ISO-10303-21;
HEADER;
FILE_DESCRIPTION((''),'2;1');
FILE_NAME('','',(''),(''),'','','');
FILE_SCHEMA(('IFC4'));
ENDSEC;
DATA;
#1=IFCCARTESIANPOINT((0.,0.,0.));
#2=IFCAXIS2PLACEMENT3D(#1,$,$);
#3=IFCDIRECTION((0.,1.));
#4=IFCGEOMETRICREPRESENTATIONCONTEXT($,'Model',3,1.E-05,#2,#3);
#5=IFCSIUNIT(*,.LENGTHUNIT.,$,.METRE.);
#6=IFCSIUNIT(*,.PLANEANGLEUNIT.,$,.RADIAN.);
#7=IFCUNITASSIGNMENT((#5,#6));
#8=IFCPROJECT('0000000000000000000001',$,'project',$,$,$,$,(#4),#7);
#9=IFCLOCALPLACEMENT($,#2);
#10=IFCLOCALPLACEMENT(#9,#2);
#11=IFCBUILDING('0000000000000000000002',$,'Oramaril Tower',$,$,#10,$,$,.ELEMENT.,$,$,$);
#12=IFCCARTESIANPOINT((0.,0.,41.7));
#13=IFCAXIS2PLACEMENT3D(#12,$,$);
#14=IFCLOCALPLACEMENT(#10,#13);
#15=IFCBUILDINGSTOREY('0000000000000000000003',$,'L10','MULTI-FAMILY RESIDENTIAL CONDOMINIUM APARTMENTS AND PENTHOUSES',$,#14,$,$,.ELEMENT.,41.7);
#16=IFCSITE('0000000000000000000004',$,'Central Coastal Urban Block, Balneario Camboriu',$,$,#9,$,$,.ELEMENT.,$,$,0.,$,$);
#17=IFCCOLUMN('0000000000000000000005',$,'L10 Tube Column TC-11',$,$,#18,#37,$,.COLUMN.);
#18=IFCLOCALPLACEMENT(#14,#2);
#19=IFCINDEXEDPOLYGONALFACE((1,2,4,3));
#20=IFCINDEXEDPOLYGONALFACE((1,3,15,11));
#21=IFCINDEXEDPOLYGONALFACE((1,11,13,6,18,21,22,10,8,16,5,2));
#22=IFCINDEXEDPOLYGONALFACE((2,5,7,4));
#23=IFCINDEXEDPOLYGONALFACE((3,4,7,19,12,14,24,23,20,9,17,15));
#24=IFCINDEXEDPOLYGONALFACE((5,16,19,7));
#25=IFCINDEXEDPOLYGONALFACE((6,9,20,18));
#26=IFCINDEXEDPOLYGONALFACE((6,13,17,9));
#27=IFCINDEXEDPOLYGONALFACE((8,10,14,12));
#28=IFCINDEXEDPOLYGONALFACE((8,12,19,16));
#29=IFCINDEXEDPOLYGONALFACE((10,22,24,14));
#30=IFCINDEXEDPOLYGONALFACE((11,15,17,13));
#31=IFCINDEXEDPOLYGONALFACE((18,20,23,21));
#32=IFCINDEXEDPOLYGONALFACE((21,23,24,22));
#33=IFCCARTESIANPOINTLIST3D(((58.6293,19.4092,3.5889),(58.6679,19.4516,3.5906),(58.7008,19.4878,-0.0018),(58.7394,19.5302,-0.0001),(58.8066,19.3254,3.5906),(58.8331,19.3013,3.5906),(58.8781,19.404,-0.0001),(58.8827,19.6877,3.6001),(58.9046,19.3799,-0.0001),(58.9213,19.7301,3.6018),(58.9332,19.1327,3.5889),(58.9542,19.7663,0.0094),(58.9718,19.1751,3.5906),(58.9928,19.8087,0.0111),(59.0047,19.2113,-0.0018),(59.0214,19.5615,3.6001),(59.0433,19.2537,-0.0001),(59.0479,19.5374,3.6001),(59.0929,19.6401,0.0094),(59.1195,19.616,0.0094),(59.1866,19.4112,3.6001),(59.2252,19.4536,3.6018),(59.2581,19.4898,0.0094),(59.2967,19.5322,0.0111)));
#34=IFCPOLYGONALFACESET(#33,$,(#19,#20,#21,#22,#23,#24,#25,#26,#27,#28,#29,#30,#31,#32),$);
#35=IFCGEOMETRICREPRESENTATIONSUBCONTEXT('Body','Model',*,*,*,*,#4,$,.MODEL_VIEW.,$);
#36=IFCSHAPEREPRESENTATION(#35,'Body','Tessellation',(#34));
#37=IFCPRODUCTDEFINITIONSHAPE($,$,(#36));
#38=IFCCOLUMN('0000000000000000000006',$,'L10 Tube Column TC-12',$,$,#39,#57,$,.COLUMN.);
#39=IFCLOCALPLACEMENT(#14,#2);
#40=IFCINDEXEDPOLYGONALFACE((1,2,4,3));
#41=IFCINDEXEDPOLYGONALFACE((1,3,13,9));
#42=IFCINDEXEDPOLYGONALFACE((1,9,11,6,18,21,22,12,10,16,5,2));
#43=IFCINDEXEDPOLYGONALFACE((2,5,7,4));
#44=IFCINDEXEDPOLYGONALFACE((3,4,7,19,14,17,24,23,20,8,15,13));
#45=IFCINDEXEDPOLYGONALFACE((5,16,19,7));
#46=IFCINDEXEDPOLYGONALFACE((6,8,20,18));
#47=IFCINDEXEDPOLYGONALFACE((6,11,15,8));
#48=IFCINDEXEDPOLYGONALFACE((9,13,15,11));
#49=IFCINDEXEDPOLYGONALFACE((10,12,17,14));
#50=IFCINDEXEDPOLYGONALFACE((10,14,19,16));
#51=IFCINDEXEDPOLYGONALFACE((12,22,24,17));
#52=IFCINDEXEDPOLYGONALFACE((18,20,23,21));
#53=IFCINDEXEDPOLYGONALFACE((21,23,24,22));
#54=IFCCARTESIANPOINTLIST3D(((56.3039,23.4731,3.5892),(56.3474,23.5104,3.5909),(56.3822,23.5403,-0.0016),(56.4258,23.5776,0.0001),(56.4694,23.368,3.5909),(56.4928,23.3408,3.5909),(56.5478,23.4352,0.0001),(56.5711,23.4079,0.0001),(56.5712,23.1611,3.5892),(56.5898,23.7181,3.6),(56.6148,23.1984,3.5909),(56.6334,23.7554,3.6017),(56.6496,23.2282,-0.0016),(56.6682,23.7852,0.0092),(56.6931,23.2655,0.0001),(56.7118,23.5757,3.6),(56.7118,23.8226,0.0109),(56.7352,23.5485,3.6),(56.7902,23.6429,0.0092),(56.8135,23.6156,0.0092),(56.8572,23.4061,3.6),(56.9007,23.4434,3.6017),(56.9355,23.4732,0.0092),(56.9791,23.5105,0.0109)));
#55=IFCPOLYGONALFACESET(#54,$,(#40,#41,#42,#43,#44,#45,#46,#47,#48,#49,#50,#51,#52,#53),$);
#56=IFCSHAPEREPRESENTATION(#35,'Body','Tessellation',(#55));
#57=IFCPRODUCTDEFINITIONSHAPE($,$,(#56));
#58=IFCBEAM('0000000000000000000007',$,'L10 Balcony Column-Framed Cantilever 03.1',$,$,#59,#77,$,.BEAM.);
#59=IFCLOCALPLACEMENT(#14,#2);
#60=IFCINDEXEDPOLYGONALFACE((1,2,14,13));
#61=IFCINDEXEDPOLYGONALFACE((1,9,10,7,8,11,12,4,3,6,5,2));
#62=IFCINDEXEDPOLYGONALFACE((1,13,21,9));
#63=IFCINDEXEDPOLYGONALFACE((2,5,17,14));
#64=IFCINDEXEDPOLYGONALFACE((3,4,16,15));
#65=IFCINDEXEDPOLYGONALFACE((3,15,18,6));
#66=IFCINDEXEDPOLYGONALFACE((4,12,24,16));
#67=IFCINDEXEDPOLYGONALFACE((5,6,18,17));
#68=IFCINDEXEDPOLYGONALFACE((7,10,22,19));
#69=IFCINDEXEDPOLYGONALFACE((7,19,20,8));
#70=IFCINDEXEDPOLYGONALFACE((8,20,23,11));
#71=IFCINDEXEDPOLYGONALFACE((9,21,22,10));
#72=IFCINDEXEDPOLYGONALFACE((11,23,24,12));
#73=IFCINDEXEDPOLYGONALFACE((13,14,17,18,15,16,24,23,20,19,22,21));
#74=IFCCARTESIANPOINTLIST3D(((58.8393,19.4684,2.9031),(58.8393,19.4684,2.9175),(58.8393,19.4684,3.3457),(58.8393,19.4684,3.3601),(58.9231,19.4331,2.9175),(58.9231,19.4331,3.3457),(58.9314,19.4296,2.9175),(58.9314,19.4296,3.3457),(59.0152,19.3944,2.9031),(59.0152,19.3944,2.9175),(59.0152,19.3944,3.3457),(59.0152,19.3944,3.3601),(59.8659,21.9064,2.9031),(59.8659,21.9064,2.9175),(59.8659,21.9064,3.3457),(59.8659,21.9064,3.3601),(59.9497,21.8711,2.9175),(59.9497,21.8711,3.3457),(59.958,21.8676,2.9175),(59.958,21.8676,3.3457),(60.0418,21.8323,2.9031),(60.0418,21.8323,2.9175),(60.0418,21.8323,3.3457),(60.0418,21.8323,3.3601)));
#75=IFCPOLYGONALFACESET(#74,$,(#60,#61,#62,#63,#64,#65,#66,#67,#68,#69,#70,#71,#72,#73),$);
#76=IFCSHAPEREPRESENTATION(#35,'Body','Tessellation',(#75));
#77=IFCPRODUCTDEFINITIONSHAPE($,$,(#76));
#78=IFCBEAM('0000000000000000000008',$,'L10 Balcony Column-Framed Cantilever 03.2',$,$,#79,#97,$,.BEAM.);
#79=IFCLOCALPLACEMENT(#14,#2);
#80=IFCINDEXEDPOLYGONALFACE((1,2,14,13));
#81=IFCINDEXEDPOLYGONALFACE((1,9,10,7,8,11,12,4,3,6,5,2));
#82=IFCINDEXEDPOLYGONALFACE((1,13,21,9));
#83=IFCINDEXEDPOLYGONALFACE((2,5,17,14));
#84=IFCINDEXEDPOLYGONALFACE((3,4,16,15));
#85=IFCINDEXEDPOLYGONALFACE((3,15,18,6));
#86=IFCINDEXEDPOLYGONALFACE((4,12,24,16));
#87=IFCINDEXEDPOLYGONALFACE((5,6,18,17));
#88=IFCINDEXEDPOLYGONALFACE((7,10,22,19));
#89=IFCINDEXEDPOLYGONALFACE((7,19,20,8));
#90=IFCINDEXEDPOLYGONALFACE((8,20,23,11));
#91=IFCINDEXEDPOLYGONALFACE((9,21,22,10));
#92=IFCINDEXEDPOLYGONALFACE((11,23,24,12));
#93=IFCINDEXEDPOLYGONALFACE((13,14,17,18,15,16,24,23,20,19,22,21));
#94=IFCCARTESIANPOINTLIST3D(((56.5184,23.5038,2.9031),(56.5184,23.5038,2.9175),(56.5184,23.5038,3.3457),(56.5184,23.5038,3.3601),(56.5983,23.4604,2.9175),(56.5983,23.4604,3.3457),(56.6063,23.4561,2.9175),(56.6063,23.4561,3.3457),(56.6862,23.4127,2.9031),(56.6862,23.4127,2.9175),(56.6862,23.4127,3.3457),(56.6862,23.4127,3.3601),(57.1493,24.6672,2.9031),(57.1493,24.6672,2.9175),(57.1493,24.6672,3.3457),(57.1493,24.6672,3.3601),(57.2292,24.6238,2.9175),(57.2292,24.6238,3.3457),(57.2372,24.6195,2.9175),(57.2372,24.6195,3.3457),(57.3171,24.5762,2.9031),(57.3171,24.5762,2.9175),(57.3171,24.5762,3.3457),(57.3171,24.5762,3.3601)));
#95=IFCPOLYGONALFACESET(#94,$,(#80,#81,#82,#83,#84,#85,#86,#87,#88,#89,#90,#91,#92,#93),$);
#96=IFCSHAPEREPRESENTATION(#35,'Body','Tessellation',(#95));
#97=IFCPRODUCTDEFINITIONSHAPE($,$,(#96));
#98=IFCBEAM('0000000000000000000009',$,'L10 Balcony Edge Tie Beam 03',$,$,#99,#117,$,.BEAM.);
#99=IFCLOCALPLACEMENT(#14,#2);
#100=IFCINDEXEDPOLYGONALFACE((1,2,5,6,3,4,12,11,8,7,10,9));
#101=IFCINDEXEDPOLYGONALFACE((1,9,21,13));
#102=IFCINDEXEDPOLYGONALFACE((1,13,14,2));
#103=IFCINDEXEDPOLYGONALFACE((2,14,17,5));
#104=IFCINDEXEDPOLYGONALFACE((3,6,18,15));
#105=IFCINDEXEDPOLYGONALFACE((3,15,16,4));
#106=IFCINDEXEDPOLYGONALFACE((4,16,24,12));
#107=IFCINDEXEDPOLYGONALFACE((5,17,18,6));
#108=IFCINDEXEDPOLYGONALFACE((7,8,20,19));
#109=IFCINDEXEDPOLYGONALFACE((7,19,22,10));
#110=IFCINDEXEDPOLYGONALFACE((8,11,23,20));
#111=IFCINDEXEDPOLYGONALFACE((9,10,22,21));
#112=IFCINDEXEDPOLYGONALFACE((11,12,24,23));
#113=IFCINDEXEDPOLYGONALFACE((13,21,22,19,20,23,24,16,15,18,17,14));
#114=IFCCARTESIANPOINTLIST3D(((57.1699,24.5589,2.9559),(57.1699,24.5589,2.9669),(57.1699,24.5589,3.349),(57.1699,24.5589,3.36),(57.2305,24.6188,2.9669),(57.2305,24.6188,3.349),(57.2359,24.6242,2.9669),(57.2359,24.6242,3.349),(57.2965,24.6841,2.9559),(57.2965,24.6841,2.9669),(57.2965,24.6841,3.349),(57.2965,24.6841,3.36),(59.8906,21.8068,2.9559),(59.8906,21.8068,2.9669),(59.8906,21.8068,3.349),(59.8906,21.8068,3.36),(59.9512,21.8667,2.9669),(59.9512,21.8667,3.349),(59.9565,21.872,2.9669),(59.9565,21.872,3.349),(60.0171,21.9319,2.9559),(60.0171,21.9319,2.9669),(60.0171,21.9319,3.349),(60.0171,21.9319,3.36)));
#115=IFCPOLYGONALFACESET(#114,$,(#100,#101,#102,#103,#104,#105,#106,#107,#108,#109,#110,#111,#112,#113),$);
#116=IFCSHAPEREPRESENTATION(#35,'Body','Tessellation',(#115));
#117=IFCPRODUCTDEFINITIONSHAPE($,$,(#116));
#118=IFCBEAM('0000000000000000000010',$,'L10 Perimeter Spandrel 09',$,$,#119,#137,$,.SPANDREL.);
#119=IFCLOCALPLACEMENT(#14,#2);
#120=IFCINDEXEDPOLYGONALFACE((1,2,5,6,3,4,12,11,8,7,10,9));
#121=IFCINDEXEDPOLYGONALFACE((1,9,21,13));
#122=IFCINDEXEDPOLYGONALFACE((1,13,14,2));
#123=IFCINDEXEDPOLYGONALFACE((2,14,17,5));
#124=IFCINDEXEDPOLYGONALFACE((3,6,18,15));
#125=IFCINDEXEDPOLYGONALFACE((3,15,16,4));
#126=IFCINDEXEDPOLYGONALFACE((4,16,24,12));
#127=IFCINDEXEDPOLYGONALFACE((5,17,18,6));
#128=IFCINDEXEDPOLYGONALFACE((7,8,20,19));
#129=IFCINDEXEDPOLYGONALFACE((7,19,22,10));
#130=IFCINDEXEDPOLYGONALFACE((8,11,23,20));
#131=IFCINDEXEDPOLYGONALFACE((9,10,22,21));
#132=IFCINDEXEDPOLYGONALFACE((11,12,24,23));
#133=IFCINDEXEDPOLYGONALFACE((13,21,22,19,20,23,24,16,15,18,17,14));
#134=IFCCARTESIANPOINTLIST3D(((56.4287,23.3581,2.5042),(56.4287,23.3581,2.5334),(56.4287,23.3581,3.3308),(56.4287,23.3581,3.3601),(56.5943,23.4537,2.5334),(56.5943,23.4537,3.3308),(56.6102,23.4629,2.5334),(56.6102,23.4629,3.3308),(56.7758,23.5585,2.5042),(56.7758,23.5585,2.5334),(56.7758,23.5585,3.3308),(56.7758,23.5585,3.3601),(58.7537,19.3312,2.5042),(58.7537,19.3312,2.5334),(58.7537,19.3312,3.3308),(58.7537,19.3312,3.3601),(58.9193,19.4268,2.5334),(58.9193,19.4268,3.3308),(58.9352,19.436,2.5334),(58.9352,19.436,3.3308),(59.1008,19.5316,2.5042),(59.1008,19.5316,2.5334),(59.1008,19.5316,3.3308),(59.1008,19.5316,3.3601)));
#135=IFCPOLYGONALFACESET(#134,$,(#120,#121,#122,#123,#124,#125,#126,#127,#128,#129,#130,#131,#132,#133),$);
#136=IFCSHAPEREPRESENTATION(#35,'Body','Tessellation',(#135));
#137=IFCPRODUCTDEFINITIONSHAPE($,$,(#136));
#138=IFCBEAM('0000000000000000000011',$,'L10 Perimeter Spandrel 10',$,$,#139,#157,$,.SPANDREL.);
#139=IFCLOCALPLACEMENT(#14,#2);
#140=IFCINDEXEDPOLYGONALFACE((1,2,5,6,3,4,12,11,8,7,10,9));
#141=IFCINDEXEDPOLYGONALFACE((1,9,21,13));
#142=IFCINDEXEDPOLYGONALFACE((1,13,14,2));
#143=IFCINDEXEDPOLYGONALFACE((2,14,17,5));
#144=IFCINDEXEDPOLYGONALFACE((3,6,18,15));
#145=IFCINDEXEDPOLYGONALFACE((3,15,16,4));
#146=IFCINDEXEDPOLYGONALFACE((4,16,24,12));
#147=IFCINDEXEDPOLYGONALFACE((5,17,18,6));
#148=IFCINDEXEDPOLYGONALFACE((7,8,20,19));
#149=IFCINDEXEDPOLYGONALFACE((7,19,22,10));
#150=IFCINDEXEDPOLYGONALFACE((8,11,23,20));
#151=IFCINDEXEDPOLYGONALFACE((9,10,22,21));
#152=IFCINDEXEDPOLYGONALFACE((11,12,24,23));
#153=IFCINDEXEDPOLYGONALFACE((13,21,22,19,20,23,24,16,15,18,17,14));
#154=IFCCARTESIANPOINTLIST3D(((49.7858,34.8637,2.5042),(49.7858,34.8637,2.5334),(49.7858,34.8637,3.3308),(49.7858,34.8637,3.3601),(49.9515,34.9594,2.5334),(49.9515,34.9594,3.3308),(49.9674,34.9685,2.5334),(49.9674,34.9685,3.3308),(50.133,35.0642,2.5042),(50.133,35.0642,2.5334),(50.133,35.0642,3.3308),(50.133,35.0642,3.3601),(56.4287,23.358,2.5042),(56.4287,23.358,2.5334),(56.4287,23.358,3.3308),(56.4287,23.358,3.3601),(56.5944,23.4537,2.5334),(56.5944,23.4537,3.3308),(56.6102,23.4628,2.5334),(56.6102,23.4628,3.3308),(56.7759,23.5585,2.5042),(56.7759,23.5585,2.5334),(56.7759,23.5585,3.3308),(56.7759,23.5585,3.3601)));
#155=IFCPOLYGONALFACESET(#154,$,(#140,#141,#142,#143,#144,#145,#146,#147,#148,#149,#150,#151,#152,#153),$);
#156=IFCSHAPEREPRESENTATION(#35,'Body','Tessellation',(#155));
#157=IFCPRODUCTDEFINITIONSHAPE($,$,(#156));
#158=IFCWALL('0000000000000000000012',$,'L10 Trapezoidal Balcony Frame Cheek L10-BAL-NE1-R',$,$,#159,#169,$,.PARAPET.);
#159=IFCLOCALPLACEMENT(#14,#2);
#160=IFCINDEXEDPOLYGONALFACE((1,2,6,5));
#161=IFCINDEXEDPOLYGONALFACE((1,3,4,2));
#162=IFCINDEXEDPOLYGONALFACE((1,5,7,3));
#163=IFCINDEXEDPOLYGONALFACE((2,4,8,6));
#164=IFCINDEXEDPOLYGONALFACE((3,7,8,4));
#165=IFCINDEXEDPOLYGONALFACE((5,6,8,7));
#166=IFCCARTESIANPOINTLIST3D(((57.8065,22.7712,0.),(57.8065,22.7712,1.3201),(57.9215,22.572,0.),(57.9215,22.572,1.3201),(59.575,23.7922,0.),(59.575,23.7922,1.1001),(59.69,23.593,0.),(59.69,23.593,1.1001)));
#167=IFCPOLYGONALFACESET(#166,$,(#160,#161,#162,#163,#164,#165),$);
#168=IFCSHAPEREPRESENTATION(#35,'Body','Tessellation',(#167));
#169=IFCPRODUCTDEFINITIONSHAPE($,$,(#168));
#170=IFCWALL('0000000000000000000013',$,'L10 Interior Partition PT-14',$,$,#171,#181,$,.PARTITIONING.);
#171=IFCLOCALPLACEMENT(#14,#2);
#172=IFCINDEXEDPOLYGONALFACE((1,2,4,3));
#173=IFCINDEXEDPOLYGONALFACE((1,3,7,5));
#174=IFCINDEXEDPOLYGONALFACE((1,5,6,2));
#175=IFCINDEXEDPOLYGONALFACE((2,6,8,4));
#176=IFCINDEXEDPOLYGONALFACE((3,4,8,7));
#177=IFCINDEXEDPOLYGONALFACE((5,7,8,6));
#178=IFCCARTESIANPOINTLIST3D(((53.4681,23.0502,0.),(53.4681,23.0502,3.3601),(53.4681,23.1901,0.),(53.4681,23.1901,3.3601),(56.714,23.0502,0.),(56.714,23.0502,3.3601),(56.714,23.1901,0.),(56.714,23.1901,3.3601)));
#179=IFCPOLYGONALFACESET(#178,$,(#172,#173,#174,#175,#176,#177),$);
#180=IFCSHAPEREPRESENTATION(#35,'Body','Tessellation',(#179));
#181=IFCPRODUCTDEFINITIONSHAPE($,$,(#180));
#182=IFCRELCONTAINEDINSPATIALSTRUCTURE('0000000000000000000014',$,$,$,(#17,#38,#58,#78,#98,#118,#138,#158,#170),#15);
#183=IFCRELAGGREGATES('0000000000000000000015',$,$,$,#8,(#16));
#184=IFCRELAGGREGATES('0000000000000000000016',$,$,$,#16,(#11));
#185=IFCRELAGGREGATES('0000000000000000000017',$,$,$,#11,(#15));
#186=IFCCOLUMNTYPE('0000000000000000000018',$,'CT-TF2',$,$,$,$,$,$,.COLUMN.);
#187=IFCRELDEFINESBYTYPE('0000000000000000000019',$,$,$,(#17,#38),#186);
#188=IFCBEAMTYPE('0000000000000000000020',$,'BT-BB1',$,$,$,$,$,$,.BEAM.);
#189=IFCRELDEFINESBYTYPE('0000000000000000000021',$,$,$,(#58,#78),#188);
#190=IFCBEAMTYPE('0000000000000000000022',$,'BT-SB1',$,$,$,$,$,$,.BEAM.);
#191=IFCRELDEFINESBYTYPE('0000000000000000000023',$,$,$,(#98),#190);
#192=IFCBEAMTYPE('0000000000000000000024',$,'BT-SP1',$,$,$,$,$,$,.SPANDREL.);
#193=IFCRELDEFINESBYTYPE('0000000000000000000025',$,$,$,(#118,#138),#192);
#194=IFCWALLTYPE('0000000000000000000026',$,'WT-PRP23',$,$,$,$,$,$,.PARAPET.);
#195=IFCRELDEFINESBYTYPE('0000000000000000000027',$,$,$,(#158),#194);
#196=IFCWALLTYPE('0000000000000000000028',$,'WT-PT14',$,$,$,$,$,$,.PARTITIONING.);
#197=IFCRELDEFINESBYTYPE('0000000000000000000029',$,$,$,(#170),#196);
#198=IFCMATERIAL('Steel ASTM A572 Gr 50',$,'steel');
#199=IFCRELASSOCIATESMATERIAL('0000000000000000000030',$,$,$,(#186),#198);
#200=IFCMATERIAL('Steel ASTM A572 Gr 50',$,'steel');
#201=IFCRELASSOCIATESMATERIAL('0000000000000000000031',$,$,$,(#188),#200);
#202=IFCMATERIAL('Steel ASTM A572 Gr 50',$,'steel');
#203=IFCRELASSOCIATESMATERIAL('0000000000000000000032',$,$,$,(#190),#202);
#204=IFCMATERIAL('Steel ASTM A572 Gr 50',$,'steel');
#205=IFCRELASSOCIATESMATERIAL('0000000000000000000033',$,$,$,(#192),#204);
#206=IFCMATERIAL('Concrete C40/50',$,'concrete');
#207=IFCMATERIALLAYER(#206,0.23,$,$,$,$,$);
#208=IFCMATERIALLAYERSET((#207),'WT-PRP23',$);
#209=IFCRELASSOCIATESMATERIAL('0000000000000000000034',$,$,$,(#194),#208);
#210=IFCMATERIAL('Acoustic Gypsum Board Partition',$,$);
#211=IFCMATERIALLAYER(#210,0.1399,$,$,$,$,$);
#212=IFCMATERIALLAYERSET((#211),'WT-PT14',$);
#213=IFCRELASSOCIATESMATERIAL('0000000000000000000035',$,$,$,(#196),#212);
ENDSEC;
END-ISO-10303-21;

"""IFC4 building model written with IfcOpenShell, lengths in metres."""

from ifc_helpers import new_model, si_unit, direction, frame, frame_2d, origin, origin_2d, place, context, subcontext, project, spatial, polyline, rectangle, i_section, outline, extrude, material, layer, layer_set, material_profile, profile_set, type_object, element, save


model = new_model("IFC4")

# Units and contexts
model_context = context("Model", 3, precision=1e-05, world=origin(), true_north=direction((0.0, 1.0)))
body_context = subcontext(model_context, "Body", "Model", "MODEL_VIEW")
ifc_project = project(units=[si_unit("LENGTHUNIT", "METRE"), si_unit("PLANEANGLEUNIT", "RADIAN")], contexts=[model_context])

# Site, building, storey
site_placement = place(None, origin())
site = spatial("IfcSite", under=ifc_project, at=site_placement, Name="Central Coastal Urban Block, Balneario Camboriu", CompositionType="ELEMENT", RefElevation=0.0)
building_placement = place(site_placement, origin())
building = spatial("IfcBuilding", under=site, at=building_placement, Name="Oramaril Tower", CompositionType="ELEMENT")
storey_placement = place(building_placement, frame((0.0, 0.0, 41.7)))
storey = spatial("IfcBuildingStorey", under=building, at=storey_placement, Name="L10", Description="MULTI-FAMILY RESIDENTIAL CONDOMINIUM APARTMENTS AND PENTHOUSES", CompositionType="ELEMENT", Elevation=41.7)

# Columns
ifc_material_1 = material(Name="Steel ASTM A572 Gr 50", Category="steel")
ifc_material_profile_1 = material_profile(ifc_material_1, i_section(OverallWidth=0.4109, OverallDepth=0.4341, WebThickness=0.0359, FlangeThickness=0.0574, at=origin_2d()), Name="W14X311")
ifc_profile_set_1 = profile_set([ifc_material_profile_1], Name="Steel ASTM A572 Gr 50")
column_type = type_object("IfcColumnType", Name="CT-TF2", PredefinedType="COLUMN", material=ifc_profile_set_1)
for number, where, z_axis, x_axis, name in (
    (1, (58.9988, 19.51, 0.0046), (-0.019912, -0.021883, 0.999562), (0.739628, -0.673016, 0.0), "L10 Tube Column TC-11"),
    (2, (56.6807, 23.5254, 0.0046), (-0.021816, -0.01869, 0.999587), (0.650597, -0.759424, 0.0), "L10 Tube Column TC-12"),
):
    element("IfcColumn", number, at=place(storey_placement, frame(where, z_axis=z_axis, x_axis=x_axis)), inside=storey, type_object=column_type, Name=name, PredefinedType="COLUMN", context=body_context, shape_type="SweptSolid", body=[
        extrude(i_section(OverallWidth=0.4109, OverallDepth=0.4341, WebThickness=0.0359, FlangeThickness=0.0574, at=origin_2d()), origin(), (0.0, 0.0, 1.0), 3.5923),
    ])

# Beams
ifc_material_2 = material(Name="Steel ASTM A572 Gr 50", Category="steel")
ifc_material_profile_2 = material_profile(ifc_material_2, i_section(OverallWidth=0.1909, OverallDepth=0.457, WebThickness=0.009, FlangeThickness=0.0144, at=origin_2d()), Name="W18X50")
ifc_profile_set_2 = profile_set([ifc_material_profile_2], Name="Steel ASTM A572 Gr 50")
beam_type_1 = type_object("IfcBeamType", Name="BT-BB1", PredefinedType="BEAM", material=ifc_profile_set_2)
beam_1_placement = place(storey_placement, frame((58.9272, 19.4314, 3.1316), z_axis=(0.388086, 0.921623, 0.0), x_axis=(-0.921623, 0.388086, 0.0)))
element("IfcBeam", 3, at=beam_1_placement, inside=storey, type_object=beam_type_1, Name="L10 Balcony Column-Framed Cantilever 03.1", PredefinedType="BEAM", context=body_context, shape_type="SweptSolid", body=[
    extrude(i_section(OverallWidth=0.1909, OverallDepth=0.457, WebThickness=0.009, FlangeThickness=0.0144, at=origin_2d()), origin(), (0.0, 0.0, 1.0), 2.6453),
])
beam_2_placement = place(storey_placement, frame((56.6023, 23.4583, 3.1316), z_axis=(0.476705, 0.879063, 0.0), x_axis=(-0.879063, 0.476705, 0.0)))
element("IfcBeam", 4, at=beam_2_placement, inside=storey, type_object=beam_type_1, Name="L10 Balcony Column-Framed Cantilever 03.2", PredefinedType="BEAM", context=body_context, shape_type="SweptSolid", body=[
    extrude(i_section(OverallWidth=0.1909, OverallDepth=0.457, WebThickness=0.009, FlangeThickness=0.0144, at=origin_2d()), origin(), (0.0, 0.0, 1.0), 1.3235),
])
ifc_material_3 = material(Name="Steel ASTM A572 Gr 50", Category="steel")
ifc_material_profile_3 = material_profile(ifc_material_3, i_section(OverallWidth=0.178, OverallDepth=0.4041, WebThickness=0.0076, FlangeThickness=0.011, at=origin_2d()), Name="W16X36")
ifc_profile_set_3 = profile_set([ifc_material_profile_3], Name="Steel ASTM A572 Gr 50")
beam_type_2 = type_object("IfcBeamType", Name="BT-SB1", PredefinedType="BEAM", material=ifc_profile_set_3)
beam_3_placement = place(storey_placement, frame((59.9539, 21.8694, 3.158), z_axis=(-0.703026, 0.711164, 0.0), x_axis=(-0.711164, -0.703026, 0.0)))
element("IfcBeam", 5, at=beam_3_placement, inside=storey, type_object=beam_type_2, Name="L10 Balcony Edge Tie Beam 03", PredefinedType="BEAM", context=body_context, shape_type="SweptSolid", body=[
    extrude(i_section(OverallWidth=0.178, OverallDepth=0.4041, WebThickness=0.0076, FlangeThickness=0.011, at=origin_2d()), origin(), (0.0, 0.0, 1.0), 3.8699),
])
ifc_material_4 = material(Name="Steel ASTM A572 Gr 50", Category="steel")
ifc_material_profile_4 = material_profile(ifc_material_4, i_section(OverallWidth=0.4009, OverallDepth=0.856, WebThickness=0.0183, FlangeThickness=0.0293, at=origin_2d()), Name="W33X201")
ifc_profile_set_4 = profile_set([ifc_material_profile_4], Name="Steel ASTM A572 Gr 50")
beam_type_3 = type_object("IfcBeamType", Name="BT-SP1", PredefinedType="SPANDREL", material=ifc_profile_set_4)
beam_4_placement = place(storey_placement, frame((58.9272, 19.4314, 2.9321), z_axis=(-0.500007, 0.866021, 0.0), x_axis=(-0.866021, -0.500007, 0.0)))
element("IfcBeam", 6, at=beam_4_placement, inside=storey, type_object=beam_type_3, Name="L10 Perimeter Spandrel 09", PredefinedType="SPANDREL", context=body_context, shape_type="SweptSolid", body=[
    extrude(i_section(OverallWidth=0.4009, OverallDepth=0.856, WebThickness=0.0183, FlangeThickness=0.0293, at=origin_2d()), origin(), (0.0, 0.0, 1.0), 4.6499),
])
beam_5_placement = place(storey_placement, frame((56.6023, 23.4583, 2.9321), z_axis=(-0.500003, 0.866024, 0.0), x_axis=(-0.866024, -0.500003, 0.0)))
element("IfcBeam", 7, at=beam_5_placement, inside=storey, type_object=beam_type_3, Name="L10 Perimeter Spandrel 10", PredefinedType="SPANDREL", context=body_context, shape_type="SweptSolid", body=[
    extrude(i_section(OverallWidth=0.4009, OverallDepth=0.856, WebThickness=0.0183, FlangeThickness=0.0293, at=origin_2d()), origin(), (0.0, 0.0, 1.0), 13.2856),
])

# Walls
ifc_material_5 = material(Name="Concrete C40/50", Category="concrete")
ifc_layer_1 = layer(ifc_material_5, 0.23)
ifc_layer_set_1 = layer_set([ifc_layer_1], Name="WT-PRP23")
wall_type_1 = type_object("IfcWallType", Name="WT-PRP23", PredefinedType="PARAPET", material=ifc_layer_set_1)
wall_1_placement = place(storey_placement, frame((57.864, 22.6716, 0.0), z_axis=(0.0, 0.0, 1.0), x_axis=(0.866042, 0.499971, 0.0)))
element("IfcWall", 8, at=wall_1_placement, inside=storey, type_object=wall_type_1, Name="L10 Trapezoidal Balcony Frame Cheek L10-BAL-NE1-R", PredefinedType="PARAPET", context=body_context, shape_type="SweptSolid", body=[
    extrude(outline(polyline([(0.0, 0.0), (2.042, 0.0), (2.042, 1.1001), (0.0, 1.3201), (0.0, 0.0)])), frame((0.0, 0.115, 0.0), z_axis=(0.0, -1.0, 0.0), x_axis=(1.0, 0.0, 0.0)), (0.0, 0.0, 1.0), 0.23),
])
ifc_material_6 = material(Name="Acoustic Gypsum Board Partition")
ifc_layer_2 = layer(ifc_material_6, 0.1399)
ifc_layer_set_2 = layer_set([ifc_layer_2], Name="WT-PT14")
wall_type_2 = type_object("IfcWallType", Name="WT-PT14", PredefinedType="PARTITIONING", material=ifc_layer_set_2)
wall_2_placement = place(storey_placement, frame((53.468, 23.1201, 0.0), z_axis=(0.0, 0.0, 1.0), x_axis=(1.0, 0.0, 0.0)))
element("IfcWall", 9, at=wall_2_placement, inside=storey, type_object=wall_type_2, Name="L10 Interior Partition PT-14", PredefinedType="PARTITIONING", context=body_context, shape_type="SweptSolid", body=[
    extrude(rectangle(XDim=3.2458, YDim=0.1399, at=frame_2d((1.623, 0.0))), origin(), (0.0, 0.0, 1.0), 3.3601),
])

save(model, "model.ifc")
